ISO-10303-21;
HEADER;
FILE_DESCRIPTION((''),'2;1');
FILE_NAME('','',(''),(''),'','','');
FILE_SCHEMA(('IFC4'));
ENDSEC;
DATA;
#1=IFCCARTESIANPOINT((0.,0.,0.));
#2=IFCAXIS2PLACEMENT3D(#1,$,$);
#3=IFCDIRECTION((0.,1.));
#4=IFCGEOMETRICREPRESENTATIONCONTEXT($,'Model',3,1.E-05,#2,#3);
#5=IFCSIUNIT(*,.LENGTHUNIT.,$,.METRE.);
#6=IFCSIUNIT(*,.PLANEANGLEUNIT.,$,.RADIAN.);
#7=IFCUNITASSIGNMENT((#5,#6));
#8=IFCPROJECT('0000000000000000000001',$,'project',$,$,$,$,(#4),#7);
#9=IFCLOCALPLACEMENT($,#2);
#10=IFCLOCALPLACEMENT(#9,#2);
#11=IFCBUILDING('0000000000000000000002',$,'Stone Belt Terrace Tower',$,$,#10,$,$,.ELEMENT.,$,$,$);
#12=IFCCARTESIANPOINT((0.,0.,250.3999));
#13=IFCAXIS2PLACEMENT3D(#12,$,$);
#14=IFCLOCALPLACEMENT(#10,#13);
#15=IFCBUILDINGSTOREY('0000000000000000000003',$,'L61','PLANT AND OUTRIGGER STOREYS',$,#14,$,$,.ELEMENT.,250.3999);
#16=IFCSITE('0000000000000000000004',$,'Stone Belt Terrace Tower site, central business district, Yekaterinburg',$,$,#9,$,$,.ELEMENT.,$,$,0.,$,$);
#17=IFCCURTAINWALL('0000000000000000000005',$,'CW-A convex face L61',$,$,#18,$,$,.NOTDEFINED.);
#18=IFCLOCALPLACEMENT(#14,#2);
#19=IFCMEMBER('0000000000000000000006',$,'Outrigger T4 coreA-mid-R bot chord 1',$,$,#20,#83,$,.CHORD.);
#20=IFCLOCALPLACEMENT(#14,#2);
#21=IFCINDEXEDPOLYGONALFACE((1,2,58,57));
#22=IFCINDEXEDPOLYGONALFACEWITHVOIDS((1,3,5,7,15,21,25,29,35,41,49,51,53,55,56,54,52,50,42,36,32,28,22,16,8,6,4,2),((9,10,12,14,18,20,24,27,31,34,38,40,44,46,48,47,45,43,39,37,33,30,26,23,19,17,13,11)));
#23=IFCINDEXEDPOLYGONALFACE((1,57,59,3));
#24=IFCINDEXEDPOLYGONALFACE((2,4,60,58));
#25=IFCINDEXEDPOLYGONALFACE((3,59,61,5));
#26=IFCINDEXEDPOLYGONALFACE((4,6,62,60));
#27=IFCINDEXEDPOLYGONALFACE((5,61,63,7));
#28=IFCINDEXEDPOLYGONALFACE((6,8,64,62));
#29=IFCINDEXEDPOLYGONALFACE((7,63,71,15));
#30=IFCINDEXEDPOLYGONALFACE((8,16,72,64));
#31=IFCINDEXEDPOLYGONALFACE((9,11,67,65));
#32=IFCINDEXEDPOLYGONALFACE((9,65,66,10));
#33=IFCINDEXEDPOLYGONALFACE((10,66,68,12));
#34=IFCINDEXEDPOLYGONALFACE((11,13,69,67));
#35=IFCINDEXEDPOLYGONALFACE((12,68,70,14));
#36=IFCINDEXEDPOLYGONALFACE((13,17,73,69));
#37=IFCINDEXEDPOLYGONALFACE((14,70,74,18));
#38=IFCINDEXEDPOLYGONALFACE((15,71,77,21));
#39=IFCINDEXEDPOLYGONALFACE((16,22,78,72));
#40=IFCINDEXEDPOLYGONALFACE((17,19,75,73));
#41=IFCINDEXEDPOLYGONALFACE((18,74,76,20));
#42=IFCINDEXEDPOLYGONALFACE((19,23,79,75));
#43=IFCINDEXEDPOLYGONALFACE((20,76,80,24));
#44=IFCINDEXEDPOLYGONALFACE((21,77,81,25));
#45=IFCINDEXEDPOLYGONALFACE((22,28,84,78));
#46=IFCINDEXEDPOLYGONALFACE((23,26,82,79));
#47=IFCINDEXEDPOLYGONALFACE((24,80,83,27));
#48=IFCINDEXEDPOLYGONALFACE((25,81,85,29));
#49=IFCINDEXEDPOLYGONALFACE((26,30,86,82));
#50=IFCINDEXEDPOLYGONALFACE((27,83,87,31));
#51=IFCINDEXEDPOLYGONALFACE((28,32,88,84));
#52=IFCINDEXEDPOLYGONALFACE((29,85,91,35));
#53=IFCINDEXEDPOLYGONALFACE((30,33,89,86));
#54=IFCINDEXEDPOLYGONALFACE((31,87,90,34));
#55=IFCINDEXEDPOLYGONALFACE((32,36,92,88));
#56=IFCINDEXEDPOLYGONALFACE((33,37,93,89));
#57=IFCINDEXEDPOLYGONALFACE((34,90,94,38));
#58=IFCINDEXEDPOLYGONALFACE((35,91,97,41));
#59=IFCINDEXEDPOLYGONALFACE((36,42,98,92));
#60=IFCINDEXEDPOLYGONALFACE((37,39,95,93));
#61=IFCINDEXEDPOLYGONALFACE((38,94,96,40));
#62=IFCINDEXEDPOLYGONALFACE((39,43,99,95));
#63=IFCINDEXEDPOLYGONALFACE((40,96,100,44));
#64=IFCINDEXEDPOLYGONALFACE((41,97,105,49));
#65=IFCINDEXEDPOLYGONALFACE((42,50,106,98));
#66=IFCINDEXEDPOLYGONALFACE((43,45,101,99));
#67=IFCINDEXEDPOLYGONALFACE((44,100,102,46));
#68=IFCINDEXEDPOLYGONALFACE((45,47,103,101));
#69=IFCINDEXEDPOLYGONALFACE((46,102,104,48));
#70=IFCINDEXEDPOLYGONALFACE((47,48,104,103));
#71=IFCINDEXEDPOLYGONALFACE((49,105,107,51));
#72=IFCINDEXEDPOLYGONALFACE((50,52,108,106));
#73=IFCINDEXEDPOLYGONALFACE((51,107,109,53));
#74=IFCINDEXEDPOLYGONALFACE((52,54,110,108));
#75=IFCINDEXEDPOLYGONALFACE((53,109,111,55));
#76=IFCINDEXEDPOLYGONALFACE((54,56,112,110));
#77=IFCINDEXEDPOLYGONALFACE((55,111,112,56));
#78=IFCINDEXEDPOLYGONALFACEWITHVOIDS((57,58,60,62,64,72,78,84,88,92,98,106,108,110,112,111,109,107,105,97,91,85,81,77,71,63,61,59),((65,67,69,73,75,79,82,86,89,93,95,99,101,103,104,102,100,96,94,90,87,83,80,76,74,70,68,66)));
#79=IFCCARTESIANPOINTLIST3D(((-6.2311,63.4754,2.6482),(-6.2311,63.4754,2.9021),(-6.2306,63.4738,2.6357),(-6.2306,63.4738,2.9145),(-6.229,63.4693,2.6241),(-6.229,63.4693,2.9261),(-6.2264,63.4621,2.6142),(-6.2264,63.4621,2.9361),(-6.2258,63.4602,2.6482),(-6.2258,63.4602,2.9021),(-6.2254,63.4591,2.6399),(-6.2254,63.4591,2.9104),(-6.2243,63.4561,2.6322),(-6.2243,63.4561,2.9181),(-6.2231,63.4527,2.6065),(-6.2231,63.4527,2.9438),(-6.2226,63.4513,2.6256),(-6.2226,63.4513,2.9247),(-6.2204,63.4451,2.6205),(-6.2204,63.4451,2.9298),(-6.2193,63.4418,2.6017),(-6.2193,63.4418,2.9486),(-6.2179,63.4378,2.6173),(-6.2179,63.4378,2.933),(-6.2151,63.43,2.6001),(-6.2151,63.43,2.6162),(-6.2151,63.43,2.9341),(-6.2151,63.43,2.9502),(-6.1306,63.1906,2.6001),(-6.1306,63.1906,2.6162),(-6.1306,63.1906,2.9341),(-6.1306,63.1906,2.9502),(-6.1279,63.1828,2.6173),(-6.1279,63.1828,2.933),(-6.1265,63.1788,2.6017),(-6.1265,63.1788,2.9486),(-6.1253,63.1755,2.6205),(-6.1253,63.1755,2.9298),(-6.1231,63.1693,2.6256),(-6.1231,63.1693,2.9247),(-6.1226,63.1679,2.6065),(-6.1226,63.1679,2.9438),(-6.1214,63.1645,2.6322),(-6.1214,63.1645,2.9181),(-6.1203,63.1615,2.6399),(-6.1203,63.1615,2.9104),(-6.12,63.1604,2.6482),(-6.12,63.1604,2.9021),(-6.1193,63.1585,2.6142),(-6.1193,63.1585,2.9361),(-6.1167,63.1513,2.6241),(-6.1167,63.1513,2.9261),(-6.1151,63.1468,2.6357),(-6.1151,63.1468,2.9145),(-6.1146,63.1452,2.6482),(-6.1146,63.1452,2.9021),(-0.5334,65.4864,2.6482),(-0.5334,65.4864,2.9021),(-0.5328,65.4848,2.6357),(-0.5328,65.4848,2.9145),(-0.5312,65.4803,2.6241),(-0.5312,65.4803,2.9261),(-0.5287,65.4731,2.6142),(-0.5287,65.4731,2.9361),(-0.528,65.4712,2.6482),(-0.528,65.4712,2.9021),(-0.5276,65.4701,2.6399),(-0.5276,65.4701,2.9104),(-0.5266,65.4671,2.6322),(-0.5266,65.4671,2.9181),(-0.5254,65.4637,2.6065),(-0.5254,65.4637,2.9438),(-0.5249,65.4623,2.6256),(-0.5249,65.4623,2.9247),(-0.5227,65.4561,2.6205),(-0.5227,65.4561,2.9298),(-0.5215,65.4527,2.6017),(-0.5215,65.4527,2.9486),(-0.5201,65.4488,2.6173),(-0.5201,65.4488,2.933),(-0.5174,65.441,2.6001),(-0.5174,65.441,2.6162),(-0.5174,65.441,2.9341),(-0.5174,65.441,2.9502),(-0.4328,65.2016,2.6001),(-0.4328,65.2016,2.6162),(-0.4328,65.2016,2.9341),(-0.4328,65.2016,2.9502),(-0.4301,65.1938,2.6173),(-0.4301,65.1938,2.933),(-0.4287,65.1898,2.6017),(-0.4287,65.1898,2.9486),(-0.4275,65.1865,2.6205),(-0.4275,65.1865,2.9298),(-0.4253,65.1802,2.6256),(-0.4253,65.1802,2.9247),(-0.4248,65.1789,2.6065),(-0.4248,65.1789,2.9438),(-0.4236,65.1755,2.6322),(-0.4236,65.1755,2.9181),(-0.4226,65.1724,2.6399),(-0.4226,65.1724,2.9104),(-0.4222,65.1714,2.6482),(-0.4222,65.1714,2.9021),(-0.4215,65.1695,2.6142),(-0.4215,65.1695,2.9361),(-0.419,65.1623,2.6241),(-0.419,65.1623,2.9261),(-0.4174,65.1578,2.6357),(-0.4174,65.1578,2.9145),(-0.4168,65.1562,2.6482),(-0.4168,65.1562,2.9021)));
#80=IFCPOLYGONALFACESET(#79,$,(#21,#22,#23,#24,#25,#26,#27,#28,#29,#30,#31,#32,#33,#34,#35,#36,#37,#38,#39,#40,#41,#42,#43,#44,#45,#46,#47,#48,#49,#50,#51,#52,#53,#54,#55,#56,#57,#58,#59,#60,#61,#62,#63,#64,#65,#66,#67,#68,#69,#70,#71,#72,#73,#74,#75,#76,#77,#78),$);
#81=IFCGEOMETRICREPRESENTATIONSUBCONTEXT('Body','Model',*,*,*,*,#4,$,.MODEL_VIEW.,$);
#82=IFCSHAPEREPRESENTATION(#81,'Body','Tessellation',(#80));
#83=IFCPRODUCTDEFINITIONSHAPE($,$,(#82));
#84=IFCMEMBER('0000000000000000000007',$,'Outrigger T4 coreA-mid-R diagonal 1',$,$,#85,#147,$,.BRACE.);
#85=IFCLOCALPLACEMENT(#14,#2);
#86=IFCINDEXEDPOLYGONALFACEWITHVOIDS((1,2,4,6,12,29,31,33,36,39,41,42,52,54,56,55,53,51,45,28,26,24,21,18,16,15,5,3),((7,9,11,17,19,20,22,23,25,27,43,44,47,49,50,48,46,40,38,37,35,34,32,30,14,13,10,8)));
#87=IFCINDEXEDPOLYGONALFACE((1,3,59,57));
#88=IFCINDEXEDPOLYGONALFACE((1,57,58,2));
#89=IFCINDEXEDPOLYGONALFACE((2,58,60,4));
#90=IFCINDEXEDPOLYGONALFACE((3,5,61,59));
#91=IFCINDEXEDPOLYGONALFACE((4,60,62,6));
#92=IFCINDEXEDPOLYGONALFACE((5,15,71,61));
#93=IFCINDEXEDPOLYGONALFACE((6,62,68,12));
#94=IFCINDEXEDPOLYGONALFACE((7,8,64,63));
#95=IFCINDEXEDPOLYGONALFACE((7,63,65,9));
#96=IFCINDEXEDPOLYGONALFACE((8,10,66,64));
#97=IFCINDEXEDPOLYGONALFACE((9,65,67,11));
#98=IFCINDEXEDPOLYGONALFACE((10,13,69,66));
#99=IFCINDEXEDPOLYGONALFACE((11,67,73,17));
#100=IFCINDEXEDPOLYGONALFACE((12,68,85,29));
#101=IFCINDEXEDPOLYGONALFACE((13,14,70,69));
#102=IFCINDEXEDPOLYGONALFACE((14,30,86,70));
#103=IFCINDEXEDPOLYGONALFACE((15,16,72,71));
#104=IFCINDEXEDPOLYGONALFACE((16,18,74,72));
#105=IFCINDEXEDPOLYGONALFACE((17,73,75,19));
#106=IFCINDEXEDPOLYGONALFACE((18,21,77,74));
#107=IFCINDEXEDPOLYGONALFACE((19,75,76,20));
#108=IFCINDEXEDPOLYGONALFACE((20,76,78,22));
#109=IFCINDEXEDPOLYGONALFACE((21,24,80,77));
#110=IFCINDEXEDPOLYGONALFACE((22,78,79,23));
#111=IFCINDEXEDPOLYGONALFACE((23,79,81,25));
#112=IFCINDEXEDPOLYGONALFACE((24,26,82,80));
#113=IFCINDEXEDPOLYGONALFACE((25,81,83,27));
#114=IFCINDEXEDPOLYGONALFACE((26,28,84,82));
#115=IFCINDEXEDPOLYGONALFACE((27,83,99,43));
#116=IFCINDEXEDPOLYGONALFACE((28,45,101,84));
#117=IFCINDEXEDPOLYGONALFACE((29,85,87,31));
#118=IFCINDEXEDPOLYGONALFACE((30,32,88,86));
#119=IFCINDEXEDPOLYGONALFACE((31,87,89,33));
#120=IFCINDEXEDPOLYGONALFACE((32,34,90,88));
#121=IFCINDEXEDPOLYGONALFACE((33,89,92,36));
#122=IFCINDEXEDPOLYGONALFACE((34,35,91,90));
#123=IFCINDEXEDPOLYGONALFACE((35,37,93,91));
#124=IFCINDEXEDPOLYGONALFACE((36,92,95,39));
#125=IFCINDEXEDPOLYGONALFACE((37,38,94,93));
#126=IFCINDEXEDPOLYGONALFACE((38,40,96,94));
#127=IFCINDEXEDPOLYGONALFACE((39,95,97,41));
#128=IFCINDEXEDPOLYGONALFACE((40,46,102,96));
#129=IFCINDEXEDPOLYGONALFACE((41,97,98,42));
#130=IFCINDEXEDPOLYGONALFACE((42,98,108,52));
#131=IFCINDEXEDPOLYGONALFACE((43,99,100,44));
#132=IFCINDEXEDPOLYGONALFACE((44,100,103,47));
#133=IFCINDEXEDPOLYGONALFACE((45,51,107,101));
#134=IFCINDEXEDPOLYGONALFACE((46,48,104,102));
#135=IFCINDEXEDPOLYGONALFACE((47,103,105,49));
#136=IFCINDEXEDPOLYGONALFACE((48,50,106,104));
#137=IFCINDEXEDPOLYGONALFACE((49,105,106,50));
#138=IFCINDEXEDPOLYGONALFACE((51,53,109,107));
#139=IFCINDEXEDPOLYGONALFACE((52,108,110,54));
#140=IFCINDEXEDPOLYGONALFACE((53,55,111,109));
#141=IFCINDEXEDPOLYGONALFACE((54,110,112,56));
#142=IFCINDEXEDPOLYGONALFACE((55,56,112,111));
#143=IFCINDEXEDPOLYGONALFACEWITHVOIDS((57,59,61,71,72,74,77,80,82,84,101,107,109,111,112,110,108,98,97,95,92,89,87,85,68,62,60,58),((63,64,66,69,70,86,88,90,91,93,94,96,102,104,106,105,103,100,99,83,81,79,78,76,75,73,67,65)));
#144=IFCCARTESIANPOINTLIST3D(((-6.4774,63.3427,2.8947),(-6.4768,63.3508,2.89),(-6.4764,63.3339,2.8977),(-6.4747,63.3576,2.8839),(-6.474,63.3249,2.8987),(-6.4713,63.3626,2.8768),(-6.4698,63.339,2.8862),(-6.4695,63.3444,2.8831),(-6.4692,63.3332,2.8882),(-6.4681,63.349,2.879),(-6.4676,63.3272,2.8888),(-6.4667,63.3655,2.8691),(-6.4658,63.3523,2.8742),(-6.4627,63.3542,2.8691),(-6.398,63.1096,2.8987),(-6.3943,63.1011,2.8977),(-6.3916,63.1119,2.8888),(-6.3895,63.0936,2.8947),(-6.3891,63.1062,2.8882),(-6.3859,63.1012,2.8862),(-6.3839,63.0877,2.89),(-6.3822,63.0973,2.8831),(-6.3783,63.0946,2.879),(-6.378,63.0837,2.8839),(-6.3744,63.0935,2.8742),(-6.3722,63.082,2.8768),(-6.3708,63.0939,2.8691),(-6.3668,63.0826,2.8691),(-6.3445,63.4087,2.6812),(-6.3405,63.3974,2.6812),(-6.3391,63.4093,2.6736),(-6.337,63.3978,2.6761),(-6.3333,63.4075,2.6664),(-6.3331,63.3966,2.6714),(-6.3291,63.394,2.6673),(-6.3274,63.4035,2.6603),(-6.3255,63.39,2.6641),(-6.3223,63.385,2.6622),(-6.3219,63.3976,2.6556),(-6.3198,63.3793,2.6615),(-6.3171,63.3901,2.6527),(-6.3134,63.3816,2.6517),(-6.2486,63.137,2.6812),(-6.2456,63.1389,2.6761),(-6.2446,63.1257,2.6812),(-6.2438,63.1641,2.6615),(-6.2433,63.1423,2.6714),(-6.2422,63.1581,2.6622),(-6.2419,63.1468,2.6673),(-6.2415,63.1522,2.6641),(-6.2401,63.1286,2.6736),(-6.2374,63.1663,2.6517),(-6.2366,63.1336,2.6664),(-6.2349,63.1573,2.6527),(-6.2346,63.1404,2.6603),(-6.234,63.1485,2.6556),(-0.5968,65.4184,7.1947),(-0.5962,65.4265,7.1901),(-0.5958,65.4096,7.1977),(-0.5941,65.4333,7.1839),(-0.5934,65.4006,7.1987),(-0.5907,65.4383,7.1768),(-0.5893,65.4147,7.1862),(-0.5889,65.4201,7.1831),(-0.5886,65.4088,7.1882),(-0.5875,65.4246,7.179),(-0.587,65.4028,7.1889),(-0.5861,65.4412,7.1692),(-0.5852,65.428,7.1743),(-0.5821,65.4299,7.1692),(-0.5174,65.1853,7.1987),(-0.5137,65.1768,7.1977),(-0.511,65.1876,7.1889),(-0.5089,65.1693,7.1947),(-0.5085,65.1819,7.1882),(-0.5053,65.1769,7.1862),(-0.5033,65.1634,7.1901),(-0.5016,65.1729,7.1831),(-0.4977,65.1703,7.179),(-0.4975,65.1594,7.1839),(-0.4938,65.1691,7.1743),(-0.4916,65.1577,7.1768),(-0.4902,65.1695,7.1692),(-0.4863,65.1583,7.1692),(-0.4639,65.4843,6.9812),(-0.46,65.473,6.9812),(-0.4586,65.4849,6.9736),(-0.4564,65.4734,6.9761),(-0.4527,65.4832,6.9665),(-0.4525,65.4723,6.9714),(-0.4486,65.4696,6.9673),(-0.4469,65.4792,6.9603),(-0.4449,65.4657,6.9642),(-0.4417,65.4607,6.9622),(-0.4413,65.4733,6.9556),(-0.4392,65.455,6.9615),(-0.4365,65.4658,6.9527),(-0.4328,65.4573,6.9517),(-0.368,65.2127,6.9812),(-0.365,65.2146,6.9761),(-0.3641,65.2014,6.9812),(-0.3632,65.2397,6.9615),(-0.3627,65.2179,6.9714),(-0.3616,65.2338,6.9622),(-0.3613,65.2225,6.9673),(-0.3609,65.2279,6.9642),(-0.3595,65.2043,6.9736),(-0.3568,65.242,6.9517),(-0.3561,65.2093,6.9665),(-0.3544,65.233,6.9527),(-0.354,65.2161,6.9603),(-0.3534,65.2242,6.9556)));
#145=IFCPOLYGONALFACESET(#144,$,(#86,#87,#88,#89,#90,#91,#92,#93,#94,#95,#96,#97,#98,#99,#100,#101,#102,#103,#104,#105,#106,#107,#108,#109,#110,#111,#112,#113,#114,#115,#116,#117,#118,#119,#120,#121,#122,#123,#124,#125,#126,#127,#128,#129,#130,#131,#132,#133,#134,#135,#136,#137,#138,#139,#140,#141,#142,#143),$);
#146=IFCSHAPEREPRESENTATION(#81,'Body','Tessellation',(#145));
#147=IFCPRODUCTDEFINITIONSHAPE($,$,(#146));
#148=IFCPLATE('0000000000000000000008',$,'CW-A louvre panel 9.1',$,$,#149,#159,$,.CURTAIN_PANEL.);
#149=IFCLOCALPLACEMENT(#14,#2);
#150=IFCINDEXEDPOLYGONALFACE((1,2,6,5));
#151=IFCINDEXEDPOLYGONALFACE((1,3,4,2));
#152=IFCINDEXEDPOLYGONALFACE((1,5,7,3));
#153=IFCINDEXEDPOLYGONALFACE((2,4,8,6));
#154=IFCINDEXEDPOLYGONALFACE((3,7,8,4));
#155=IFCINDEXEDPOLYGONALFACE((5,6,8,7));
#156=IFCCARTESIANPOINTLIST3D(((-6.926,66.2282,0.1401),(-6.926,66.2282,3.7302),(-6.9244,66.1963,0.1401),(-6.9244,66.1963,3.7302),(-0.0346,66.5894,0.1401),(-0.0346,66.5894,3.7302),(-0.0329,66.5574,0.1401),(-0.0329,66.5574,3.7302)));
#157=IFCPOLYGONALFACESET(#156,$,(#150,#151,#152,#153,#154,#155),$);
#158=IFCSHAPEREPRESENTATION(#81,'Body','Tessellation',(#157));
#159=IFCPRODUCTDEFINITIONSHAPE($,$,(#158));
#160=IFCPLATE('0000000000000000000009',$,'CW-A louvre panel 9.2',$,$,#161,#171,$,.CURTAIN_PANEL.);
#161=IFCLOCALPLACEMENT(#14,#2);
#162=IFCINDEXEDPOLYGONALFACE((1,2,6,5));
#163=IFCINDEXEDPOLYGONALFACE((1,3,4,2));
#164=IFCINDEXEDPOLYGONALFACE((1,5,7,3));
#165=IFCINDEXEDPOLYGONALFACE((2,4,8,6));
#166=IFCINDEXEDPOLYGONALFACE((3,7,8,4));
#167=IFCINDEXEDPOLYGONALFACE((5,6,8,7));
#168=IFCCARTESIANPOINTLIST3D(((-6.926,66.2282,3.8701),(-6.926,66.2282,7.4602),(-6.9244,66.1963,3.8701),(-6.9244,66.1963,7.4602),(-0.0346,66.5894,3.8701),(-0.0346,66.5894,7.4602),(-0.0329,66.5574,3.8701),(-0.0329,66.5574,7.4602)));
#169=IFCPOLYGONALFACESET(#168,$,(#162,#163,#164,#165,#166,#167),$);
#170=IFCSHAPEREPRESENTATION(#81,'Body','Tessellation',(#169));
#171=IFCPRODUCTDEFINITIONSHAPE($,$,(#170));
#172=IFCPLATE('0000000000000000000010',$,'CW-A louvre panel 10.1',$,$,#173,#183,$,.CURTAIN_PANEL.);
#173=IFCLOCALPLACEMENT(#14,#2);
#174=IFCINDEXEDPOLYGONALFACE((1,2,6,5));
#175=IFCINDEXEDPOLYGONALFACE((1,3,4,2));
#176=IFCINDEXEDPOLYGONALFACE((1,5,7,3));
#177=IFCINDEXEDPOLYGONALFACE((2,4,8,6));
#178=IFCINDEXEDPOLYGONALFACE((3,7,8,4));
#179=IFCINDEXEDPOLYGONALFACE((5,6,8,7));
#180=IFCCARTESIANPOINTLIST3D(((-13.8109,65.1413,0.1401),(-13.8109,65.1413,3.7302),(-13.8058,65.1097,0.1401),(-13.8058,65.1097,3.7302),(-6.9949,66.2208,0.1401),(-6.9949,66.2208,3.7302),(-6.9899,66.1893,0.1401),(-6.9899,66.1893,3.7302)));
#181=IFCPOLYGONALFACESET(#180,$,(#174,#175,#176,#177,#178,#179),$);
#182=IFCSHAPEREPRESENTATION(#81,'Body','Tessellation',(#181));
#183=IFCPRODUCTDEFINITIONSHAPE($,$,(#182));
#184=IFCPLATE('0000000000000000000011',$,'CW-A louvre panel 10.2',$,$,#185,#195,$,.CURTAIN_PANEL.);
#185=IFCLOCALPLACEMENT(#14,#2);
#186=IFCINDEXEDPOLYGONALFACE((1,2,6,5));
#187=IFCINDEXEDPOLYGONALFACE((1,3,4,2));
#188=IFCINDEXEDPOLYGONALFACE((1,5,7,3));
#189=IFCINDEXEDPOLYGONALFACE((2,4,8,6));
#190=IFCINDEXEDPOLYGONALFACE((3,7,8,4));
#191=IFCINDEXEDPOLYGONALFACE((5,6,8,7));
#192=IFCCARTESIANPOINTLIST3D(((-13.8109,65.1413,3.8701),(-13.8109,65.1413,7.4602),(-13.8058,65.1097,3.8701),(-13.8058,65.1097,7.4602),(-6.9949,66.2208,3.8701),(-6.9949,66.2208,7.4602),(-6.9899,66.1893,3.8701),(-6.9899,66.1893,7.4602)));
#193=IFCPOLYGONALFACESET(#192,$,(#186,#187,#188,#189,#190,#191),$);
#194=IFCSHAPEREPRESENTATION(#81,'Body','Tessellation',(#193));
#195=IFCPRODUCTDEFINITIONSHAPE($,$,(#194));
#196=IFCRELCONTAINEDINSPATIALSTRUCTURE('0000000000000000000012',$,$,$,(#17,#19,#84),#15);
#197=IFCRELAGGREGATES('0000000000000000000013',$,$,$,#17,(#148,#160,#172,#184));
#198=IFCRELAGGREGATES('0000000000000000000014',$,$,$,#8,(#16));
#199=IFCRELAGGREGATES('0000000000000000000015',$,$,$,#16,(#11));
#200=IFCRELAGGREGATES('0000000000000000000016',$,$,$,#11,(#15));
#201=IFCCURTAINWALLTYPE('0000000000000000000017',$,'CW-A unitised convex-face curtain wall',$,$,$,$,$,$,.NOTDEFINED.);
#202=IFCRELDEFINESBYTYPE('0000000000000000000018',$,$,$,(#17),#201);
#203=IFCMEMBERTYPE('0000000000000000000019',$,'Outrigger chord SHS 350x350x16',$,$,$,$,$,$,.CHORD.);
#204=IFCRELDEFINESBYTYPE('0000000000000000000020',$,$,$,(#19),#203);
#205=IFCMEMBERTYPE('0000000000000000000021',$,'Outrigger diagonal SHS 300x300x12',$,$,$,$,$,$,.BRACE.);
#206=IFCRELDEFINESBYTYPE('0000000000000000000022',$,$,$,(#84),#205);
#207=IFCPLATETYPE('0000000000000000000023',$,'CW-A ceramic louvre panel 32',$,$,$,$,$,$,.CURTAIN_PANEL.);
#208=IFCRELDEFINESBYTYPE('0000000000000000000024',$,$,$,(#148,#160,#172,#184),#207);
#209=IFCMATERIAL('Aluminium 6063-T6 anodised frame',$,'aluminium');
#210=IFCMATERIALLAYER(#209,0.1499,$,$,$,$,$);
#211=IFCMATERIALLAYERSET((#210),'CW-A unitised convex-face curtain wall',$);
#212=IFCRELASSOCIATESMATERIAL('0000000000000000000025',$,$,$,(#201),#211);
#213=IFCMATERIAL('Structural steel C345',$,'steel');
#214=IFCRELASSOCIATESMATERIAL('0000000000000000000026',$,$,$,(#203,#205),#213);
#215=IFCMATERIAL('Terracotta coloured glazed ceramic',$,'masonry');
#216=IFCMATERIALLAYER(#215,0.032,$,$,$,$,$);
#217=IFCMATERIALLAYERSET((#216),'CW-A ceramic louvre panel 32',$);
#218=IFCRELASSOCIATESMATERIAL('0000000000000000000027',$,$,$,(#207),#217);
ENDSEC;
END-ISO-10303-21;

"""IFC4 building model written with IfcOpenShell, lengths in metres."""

from ifc_helpers import new_model, si_unit, direction, frame, origin, origin_2d, place, context, subcontext, project, spatial, rectangle, hollow_rectangle, extrude, material, layer, layer_set, material_profile, profile_set, type_object, element, aggregate, save


model = new_model("IFC4")

# Units and contexts
model_context = context("Model", 3, precision=1e-05, world=origin(), true_north=direction((0.0, 1.0)))
body_context = subcontext(model_context, "Body", "Model", "MODEL_VIEW")
ifc_project = project(units=[si_unit("LENGTHUNIT", "METRE"), si_unit("PLANEANGLEUNIT", "RADIAN")], contexts=[model_context])

# Site, building, storey
site_placement = place(None, origin())
site = spatial("IfcSite", under=ifc_project, at=site_placement, Name="Stone Belt Terrace Tower site, central business district, Yekaterinburg", CompositionType="ELEMENT", RefElevation=0.0)
building_placement = place(site_placement, origin())
building = spatial("IfcBuilding", under=site, at=building_placement, Name="Stone Belt Terrace Tower", CompositionType="ELEMENT")
storey_placement = place(building_placement, frame((0.0, 0.0, 250.3999)))
storey = spatial("IfcBuildingStorey", under=building, at=storey_placement, Name="L61", Description="PLANT AND OUTRIGGER STOREYS", CompositionType="ELEMENT", Elevation=250.3999)

# Curtain wall
ifc_material_1 = material(Name="Aluminium 6063-T6 anodised frame", Category="aluminium")
ifc_layer_1 = layer(ifc_material_1, 0.1499)
ifc_layer_set_1 = layer_set([ifc_layer_1], Name="CW-A unitised convex-face curtain wall")
curtain_wall_type = type_object("IfcCurtainWallType", Name="CW-A unitised convex-face curtain wall", PredefinedType="NOTDEFINED", material=ifc_layer_set_1)
curtain_wall_placement = place(storey_placement, origin())
curtain_wall = element("IfcCurtainWall", 1, at=curtain_wall_placement, inside=storey, type_object=curtain_wall_type, Name="CW-A convex face L61", PredefinedType="NOTDEFINED")

# Members
ifc_material_2 = material(Name="Structural steel C345", Category="steel")
ifc_material_profile_1 = material_profile(ifc_material_2, hollow_rectangle(XDim=0.3501, YDim=0.3501, WallThickness=0.0161, InnerFilletRadius=0.032, OuterFilletRadius=0.0481, at=origin_2d()), Name="SHS 350x350x16")
ifc_profile_set_1 = profile_set([ifc_material_profile_1], Name="Structural steel C345")
member_type_1 = type_object("IfcMemberType", Name="Outrigger chord SHS 350x350x16", PredefinedType="CHORD", material=ifc_profile_set_1)
for number, where, z_axis, x_axis, name in (
    (2, (-0.4751, 65.3213, 2.7751), (-0.94299, -0.332822, 0.0), (0.332822, -0.94299, 0.0), "Outrigger T4 coreA-mid-R bot chord 1"),
):
    element("IfcMember", number, at=place(storey_placement, frame(where, z_axis=z_axis, x_axis=x_axis)), inside=storey, type_object=member_type_1, Name=name, PredefinedType="CHORD", context=body_context, shape_type="SweptSolid", body=[
        extrude(hollow_rectangle(XDim=0.3501, YDim=0.3501, WallThickness=0.0161, InnerFilletRadius=0.032, OuterFilletRadius=0.0481, at=origin_2d()), origin(), (0.0, 0.0, 1.0), 6.0422),
    ])
ifc_material_profile_2 = material_profile(ifc_material_2, hollow_rectangle(XDim=0.3, YDim=0.3, WallThickness=0.012, InnerFilletRadius=0.0239, OuterFilletRadius=0.0359, at=origin_2d()), Name="SHS 300x300x12")
ifc_profile_set_2 = profile_set([ifc_material_profile_2], Name="Structural steel C345")
member_type_2 = type_object("IfcMemberType", Name="Outrigger diagonal SHS 300x300x12", PredefinedType="BRACE", material=ifc_profile_set_2)
member_1_placement = place(storey_placement, frame((-0.4751, 65.3213, 7.0752), z_axis=(-0.77632, -0.274018, -0.567664), x_axis=(0.332845, -0.942982, 0.0)))
element("IfcMember", 3, at=member_1_placement, inside=storey, type_object=member_type_2, Name="Outrigger T4 coreA-mid-R diagonal 1", PredefinedType="BRACE", context=body_context, shape_type="SweptSolid", body=[
    extrude(hollow_rectangle(XDim=0.3, YDim=0.3, WallThickness=0.012, InnerFilletRadius=0.0239, OuterFilletRadius=0.0359, at=origin_2d()), origin(), (0.0, 0.0, 1.0), 7.575),
])

# Plates
ifc_material_3 = material(Name="Terracotta coloured glazed ceramic", Category="masonry")
ifc_layer_2 = layer(ifc_material_3, 0.032)
ifc_layer_set_2 = layer_set([ifc_layer_2], Name="CW-A ceramic louvre panel 32")
plate_type = type_object("IfcPlateType", Name="CW-A ceramic louvre panel 32", PredefinedType="CURTAIN_PANEL", material=ifc_layer_set_2)
plate_1_placement = place(storey_placement, frame((-3.4795, 66.3928, 0.1401), z_axis=(0.0, 0.0, 1.0), x_axis=(-0.99863, -0.052336, 0.0)))
plate_1 = element("IfcPlate", 4, at=plate_1_placement, type_object=plate_type, Name="CW-A louvre panel 9.1", PredefinedType="CURTAIN_PANEL", context=body_context, shape_type="SweptSolid", body=[
    extrude(rectangle(XDim=6.9009, YDim=0.032, at=origin_2d()), origin(), (0.0, 0.0, 1.0), 3.5901),
])
plate_2_placement = place(storey_placement, frame((-3.4795, 66.3928, 3.8701), z_axis=(0.0, 0.0, 1.0), x_axis=(-0.99863, -0.052336, 0.0)))
plate_2 = element("IfcPlate", 5, at=plate_2_placement, type_object=plate_type, Name="CW-A louvre panel 9.2", PredefinedType="CURTAIN_PANEL", context=body_context, shape_type="SweptSolid", body=[
    extrude(rectangle(XDim=6.9009, YDim=0.032, at=origin_2d()), origin(), (0.0, 0.0, 1.0), 3.5901),
])
plate_3_placement = place(storey_placement, frame((-10.4004, 65.6653, 0.1401), z_axis=(0.0, 0.0, 1.0), x_axis=(-0.987688, -0.156434, 0.0)))
plate_3 = element("IfcPlate", 6, at=plate_3_placement, type_object=plate_type, Name="CW-A louvre panel 10.1", PredefinedType="CURTAIN_PANEL", context=body_context, shape_type="SweptSolid", body=[
    extrude(rectangle(XDim=6.9009, YDim=0.032, at=origin_2d()), origin(), (0.0, 0.0, 1.0), 3.5901),
])
plate_4_placement = place(storey_placement, frame((-10.4004, 65.6653, 3.8701), z_axis=(0.0, 0.0, 1.0), x_axis=(-0.987688, -0.156434, 0.0)))
plate_4 = element("IfcPlate", 7, at=plate_4_placement, type_object=plate_type, Name="CW-A louvre panel 10.2", PredefinedType="CURTAIN_PANEL", context=body_context, shape_type="SweptSolid", body=[
    extrude(rectangle(XDim=6.9009, YDim=0.032, at=origin_2d()), origin(), (0.0, 0.0, 1.0), 3.5901),
])
aggregate(curtain_wall, [plate_1, plate_2, plate_3, plate_4])

save(model, "model.ifc")
